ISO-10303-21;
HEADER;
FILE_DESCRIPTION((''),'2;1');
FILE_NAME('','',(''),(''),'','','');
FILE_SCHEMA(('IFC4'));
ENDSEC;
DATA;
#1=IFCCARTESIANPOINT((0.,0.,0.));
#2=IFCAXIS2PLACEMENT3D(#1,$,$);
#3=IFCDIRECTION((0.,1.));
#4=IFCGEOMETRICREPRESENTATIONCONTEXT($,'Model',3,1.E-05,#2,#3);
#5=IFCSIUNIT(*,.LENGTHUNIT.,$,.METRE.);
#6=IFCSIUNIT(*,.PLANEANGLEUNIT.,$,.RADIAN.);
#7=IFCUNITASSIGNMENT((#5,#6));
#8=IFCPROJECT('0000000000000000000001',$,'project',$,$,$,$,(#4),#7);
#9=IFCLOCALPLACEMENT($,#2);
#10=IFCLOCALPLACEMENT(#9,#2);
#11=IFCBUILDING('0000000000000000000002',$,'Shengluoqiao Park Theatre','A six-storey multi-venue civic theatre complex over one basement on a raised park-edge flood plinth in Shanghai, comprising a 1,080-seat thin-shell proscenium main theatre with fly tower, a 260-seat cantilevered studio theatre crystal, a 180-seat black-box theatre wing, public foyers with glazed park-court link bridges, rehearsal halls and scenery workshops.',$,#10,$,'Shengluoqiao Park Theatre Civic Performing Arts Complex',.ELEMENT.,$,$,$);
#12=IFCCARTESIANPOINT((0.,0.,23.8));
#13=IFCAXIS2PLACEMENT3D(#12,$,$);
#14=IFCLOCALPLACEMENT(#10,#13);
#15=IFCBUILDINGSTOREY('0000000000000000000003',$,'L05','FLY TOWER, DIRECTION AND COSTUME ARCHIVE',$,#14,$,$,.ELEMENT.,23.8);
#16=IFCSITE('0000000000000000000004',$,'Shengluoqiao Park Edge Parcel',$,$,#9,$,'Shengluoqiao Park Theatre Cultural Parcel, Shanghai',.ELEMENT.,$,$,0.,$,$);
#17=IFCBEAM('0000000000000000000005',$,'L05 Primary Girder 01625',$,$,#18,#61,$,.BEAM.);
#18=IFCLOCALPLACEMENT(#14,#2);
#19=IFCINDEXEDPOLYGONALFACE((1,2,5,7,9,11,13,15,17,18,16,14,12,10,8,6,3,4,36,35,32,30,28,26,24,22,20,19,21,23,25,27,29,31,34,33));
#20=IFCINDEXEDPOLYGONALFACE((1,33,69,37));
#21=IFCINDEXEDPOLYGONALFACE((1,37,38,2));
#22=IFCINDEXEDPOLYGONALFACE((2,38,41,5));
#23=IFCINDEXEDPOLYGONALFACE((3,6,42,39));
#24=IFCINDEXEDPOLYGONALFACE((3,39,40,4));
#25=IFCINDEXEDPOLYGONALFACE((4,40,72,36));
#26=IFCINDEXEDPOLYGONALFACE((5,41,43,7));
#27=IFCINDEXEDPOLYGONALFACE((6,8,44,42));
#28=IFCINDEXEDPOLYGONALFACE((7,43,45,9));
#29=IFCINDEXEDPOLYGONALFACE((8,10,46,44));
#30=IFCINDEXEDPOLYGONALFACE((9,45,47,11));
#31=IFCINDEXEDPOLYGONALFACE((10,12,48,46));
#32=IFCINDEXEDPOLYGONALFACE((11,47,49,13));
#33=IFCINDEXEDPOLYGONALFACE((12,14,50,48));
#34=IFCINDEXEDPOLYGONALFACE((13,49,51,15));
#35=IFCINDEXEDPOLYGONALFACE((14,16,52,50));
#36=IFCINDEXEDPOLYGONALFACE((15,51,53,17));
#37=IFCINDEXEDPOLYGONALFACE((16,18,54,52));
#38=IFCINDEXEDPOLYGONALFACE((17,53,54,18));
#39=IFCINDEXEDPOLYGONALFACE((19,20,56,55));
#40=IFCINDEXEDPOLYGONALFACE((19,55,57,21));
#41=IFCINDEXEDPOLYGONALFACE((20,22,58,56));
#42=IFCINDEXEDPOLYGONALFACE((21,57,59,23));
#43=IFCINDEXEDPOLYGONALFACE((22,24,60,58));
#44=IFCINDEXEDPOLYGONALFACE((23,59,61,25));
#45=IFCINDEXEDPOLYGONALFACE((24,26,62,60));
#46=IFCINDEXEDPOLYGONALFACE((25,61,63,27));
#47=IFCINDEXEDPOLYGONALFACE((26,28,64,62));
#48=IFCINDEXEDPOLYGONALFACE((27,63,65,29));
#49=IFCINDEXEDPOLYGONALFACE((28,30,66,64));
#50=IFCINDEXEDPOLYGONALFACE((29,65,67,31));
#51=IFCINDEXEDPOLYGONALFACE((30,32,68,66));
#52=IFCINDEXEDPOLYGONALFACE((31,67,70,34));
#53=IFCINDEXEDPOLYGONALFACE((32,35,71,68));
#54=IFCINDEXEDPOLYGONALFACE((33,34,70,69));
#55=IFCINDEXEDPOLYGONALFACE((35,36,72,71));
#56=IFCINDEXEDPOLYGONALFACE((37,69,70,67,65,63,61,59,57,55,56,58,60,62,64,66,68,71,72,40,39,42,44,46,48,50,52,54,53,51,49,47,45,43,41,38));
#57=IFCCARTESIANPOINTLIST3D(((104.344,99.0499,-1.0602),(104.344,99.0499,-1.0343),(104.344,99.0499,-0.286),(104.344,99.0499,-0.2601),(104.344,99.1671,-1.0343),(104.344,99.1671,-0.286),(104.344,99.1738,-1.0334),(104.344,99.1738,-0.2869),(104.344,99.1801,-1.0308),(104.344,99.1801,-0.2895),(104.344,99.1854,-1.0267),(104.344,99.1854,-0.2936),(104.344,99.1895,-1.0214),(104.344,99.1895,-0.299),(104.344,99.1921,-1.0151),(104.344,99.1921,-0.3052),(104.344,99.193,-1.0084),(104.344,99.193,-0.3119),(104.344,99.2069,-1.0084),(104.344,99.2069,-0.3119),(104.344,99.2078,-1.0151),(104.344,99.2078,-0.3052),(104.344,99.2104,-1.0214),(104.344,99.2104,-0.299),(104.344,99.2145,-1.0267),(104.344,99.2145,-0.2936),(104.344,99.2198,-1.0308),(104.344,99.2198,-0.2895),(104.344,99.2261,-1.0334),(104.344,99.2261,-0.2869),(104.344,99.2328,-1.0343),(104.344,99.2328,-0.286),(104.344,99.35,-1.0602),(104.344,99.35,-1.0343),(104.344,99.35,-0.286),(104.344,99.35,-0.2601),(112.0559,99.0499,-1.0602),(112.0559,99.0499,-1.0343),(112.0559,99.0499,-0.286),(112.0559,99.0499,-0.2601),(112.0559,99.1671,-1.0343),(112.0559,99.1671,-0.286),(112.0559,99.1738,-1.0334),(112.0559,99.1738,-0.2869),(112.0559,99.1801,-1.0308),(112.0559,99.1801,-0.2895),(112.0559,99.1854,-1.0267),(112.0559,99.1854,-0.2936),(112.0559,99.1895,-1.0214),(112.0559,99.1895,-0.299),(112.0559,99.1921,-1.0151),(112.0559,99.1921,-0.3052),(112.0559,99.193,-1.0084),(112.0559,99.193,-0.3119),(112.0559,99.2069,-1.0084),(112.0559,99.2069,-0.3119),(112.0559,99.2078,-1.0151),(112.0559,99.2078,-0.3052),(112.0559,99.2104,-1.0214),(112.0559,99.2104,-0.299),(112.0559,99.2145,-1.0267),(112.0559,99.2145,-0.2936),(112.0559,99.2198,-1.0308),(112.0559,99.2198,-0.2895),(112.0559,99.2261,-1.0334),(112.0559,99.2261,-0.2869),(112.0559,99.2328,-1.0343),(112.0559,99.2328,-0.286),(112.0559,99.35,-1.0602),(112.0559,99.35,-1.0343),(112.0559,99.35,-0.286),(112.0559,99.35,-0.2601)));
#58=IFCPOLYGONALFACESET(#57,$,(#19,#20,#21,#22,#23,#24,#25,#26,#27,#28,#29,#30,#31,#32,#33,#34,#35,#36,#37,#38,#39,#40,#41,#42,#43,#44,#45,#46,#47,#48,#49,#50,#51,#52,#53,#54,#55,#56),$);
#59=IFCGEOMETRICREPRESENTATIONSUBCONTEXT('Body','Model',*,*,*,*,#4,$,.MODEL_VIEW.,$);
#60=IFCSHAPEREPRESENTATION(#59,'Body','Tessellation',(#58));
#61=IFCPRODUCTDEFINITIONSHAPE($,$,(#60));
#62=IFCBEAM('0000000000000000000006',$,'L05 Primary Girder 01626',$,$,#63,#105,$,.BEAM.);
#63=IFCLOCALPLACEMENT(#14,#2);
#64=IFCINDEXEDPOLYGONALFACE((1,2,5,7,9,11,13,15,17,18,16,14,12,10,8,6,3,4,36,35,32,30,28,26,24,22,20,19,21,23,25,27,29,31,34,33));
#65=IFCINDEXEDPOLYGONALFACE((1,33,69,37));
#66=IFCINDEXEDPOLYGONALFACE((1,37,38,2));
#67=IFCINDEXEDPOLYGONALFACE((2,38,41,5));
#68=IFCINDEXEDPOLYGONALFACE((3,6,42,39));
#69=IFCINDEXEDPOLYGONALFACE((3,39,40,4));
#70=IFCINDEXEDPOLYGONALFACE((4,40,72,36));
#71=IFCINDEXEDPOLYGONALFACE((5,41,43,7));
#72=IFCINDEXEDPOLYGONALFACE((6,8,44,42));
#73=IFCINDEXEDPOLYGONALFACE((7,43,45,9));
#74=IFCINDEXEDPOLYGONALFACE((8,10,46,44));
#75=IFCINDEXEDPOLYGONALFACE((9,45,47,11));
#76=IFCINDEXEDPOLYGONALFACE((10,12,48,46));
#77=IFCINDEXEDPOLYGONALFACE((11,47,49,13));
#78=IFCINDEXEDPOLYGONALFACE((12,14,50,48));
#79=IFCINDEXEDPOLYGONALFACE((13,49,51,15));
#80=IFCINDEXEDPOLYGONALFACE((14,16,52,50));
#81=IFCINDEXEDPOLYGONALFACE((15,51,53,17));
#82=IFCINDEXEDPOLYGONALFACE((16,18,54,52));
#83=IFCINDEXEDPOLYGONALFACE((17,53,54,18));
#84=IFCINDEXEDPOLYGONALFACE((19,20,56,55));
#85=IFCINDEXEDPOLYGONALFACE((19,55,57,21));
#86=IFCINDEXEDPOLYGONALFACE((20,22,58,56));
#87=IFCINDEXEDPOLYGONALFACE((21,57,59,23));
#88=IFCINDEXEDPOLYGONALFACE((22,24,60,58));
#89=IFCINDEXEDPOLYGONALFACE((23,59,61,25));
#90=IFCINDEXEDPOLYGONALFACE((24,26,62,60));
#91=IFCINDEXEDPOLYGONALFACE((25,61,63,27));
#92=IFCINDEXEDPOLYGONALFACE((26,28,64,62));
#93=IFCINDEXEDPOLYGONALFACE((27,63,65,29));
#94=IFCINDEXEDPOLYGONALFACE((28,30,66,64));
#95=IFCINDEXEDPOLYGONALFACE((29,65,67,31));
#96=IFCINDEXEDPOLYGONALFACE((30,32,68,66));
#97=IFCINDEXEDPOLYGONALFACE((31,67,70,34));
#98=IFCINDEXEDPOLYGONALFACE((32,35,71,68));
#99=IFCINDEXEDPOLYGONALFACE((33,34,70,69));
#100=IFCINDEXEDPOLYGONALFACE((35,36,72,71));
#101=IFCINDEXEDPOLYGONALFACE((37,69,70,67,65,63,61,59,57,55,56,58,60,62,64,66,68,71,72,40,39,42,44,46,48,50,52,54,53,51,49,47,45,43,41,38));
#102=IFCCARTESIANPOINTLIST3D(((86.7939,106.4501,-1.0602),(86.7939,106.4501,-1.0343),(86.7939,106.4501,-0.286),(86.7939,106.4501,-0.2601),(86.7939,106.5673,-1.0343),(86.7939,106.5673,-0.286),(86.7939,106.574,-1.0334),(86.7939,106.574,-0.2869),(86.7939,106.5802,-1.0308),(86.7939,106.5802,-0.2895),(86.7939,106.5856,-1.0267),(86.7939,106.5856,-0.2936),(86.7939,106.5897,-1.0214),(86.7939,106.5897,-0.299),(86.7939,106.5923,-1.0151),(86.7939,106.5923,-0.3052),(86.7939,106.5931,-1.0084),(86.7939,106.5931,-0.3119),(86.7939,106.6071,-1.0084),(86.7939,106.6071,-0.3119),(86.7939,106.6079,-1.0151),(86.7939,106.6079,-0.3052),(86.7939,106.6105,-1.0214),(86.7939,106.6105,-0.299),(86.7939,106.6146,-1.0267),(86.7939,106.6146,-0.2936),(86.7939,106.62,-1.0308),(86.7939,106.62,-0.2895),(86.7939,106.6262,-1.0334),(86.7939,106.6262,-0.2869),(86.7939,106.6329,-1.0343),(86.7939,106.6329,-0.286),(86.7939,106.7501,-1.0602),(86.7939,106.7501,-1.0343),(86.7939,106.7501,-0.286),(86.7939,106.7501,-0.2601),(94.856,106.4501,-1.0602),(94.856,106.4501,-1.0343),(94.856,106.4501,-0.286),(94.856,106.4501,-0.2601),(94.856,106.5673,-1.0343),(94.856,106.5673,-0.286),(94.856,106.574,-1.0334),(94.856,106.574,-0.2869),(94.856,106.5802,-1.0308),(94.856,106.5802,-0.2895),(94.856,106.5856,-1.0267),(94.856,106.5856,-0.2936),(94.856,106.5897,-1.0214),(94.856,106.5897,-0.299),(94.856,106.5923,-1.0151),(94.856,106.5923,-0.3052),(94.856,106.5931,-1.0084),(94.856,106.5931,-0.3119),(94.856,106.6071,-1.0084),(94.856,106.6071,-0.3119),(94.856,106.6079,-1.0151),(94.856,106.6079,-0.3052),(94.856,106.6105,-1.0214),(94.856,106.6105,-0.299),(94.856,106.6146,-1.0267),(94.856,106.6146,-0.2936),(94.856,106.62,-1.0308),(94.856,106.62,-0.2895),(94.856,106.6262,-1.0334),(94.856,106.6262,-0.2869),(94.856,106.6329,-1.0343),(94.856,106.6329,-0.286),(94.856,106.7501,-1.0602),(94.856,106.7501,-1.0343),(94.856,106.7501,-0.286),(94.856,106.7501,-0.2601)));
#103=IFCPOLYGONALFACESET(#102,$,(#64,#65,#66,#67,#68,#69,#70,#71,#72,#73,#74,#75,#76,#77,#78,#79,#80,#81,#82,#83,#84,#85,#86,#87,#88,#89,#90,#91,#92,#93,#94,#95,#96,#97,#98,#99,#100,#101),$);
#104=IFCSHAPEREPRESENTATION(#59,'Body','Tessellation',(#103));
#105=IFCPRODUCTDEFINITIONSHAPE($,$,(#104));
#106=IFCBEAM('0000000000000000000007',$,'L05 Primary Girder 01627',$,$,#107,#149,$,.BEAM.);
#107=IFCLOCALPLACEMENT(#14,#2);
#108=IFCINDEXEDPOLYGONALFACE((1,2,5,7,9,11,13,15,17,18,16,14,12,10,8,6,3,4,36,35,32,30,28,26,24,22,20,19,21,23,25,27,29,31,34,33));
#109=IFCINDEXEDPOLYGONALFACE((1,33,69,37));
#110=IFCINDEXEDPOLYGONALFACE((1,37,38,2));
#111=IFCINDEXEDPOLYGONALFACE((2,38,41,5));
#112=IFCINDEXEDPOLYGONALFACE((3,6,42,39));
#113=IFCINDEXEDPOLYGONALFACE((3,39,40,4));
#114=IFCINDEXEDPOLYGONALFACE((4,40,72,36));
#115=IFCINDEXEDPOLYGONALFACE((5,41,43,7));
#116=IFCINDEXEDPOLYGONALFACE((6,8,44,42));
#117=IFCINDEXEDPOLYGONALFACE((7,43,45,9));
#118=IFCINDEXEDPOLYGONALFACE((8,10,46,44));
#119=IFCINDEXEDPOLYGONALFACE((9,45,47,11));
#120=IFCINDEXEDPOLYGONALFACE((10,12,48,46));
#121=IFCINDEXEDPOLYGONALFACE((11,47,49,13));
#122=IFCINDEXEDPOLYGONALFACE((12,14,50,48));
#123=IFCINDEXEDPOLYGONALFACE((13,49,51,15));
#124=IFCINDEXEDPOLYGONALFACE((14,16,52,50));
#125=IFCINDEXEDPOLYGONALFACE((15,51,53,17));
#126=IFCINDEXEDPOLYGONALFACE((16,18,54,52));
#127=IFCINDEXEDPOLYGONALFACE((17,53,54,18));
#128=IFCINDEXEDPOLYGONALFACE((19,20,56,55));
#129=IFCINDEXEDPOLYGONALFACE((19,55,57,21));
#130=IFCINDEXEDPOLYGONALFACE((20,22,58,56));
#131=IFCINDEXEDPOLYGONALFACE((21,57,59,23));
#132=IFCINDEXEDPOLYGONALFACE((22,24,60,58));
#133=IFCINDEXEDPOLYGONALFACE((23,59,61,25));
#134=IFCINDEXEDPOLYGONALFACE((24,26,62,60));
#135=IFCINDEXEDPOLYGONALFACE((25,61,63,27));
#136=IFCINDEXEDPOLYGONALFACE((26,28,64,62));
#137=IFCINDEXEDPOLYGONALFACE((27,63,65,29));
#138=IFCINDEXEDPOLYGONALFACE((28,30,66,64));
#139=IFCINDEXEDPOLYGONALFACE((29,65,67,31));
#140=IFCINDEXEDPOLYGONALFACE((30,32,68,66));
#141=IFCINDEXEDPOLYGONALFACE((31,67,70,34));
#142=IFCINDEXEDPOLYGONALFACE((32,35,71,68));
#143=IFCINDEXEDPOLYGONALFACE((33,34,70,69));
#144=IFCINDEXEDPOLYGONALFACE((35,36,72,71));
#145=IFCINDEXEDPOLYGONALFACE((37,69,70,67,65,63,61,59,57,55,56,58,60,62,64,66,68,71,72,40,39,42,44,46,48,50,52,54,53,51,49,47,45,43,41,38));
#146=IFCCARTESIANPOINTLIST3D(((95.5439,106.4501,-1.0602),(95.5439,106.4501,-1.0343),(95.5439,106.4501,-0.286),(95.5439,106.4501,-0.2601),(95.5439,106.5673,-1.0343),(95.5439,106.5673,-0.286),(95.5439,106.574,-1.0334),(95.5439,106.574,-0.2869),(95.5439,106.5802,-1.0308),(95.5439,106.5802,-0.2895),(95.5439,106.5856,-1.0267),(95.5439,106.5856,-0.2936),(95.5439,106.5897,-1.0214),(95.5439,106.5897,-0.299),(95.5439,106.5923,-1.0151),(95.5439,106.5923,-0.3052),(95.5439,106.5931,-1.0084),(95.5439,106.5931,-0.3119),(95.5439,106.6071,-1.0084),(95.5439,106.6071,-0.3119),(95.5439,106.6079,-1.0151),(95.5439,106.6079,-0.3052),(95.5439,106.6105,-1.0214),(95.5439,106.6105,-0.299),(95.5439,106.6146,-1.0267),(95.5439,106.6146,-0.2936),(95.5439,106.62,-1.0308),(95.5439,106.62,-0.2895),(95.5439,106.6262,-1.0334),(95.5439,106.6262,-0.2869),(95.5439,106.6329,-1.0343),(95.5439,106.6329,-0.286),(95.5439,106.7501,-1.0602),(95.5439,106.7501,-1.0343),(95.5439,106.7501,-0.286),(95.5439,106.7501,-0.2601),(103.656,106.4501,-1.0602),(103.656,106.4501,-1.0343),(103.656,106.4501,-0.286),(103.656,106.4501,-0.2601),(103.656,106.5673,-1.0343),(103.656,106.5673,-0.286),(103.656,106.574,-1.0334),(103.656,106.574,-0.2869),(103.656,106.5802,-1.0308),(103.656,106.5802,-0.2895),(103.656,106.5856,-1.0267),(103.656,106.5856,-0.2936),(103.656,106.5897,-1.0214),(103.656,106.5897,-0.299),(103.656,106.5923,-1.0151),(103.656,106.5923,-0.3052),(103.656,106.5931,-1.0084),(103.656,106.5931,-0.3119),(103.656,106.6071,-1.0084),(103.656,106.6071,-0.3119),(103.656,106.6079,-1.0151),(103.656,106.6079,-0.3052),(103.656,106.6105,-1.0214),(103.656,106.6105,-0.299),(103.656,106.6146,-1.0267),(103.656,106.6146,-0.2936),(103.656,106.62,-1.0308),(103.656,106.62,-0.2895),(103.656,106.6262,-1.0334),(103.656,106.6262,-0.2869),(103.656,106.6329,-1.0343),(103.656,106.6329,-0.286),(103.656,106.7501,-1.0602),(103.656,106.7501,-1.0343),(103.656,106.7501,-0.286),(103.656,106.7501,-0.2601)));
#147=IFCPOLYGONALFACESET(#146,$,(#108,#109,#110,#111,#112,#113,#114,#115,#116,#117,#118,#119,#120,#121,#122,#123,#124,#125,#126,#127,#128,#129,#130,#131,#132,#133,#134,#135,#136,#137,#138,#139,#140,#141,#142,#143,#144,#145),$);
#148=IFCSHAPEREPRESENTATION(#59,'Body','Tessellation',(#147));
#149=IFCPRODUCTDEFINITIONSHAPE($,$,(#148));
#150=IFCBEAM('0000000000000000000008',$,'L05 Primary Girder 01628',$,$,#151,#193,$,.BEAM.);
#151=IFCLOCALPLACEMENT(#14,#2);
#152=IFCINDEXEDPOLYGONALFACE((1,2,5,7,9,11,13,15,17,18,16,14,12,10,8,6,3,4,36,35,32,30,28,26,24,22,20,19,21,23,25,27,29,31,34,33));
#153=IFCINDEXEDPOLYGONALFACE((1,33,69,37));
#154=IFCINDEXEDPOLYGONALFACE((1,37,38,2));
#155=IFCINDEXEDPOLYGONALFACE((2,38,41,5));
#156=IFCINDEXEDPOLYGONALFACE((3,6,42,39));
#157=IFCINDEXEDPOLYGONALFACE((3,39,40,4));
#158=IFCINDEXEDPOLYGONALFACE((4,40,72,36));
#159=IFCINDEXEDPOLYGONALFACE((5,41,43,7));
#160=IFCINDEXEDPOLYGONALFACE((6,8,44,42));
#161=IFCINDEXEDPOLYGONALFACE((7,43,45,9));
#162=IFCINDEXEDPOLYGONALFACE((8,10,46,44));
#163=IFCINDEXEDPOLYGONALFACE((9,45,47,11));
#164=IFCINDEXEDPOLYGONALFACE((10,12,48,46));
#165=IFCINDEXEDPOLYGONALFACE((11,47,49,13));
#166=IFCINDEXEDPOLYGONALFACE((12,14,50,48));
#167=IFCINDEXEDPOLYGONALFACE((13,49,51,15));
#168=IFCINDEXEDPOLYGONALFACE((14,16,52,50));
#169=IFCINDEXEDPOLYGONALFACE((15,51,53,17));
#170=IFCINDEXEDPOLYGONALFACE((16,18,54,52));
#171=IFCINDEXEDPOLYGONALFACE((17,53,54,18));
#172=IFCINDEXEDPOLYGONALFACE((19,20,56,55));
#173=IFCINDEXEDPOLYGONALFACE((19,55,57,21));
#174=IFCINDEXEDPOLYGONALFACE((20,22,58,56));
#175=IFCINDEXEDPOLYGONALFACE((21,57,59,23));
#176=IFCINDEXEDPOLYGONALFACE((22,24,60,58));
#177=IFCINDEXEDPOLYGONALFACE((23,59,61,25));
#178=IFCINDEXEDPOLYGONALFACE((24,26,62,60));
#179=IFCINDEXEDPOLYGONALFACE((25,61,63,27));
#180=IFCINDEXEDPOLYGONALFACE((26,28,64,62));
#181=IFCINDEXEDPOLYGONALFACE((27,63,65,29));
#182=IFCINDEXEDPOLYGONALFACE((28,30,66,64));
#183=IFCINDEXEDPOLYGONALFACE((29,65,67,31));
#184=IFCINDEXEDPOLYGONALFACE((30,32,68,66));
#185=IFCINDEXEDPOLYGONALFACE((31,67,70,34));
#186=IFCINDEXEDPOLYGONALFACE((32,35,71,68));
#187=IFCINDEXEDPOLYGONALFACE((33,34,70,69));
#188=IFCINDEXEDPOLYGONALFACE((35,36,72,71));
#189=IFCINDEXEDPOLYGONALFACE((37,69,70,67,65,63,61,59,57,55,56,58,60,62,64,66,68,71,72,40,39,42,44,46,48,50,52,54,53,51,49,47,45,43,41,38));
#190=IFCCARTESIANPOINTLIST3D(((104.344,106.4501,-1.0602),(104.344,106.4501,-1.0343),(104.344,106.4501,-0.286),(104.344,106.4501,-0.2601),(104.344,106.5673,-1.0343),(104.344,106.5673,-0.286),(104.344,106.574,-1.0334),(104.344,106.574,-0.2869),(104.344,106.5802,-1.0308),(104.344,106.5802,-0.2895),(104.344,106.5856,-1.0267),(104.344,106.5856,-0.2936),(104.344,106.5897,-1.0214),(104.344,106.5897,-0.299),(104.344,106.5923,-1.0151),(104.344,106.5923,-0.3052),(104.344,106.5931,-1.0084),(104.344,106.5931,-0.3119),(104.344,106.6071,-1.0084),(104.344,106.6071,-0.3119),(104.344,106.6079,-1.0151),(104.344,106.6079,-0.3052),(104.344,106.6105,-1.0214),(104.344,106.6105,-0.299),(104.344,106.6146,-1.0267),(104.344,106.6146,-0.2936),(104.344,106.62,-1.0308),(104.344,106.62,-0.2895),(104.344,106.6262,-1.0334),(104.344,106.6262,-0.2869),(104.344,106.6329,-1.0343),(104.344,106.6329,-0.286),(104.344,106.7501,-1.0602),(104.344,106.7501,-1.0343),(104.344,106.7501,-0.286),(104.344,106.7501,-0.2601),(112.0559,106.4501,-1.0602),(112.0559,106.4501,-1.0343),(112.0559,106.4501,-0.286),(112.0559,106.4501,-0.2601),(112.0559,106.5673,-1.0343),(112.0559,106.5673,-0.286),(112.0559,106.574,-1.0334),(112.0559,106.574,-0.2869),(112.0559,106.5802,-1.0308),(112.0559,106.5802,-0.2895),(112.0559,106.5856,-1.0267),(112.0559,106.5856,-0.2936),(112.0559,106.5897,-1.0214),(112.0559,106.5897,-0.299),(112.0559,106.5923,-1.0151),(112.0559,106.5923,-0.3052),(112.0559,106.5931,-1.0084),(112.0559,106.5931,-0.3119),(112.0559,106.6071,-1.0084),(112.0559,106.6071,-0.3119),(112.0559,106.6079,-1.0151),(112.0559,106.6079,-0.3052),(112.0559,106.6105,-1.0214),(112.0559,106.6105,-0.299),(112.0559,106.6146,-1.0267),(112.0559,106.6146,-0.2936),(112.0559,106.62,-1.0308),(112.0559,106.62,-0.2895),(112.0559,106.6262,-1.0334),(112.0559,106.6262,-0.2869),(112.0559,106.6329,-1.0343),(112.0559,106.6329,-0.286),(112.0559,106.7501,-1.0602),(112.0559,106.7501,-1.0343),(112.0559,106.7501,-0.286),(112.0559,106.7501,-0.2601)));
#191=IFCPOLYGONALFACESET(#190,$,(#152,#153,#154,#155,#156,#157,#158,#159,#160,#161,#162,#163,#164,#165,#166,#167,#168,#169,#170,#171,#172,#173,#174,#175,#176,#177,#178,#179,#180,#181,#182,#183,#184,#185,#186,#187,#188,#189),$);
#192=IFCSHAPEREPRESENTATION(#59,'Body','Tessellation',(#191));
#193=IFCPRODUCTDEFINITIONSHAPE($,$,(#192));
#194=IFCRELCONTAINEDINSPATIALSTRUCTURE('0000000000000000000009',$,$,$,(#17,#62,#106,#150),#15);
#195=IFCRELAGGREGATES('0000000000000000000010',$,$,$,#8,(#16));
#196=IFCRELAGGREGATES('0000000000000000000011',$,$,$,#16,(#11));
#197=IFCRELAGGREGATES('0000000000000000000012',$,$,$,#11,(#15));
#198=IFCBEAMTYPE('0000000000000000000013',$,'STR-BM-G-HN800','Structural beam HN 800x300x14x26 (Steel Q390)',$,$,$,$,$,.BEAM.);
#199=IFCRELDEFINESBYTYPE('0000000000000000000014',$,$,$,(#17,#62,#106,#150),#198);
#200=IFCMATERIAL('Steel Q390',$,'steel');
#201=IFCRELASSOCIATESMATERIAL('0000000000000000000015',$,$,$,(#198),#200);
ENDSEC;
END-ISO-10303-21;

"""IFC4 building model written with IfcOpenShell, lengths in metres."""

from ifc_helpers import new_model, si_unit, direction, frame, origin, origin_2d, place, context, subcontext, project, spatial, i_section, extrude, material, material_profile, profile_set, type_object, element, save


model = new_model("IFC4")

# Units and contexts
model_context = context("Model", 3, precision=1e-05, world=origin(), true_north=direction((0.0, 1.0)))
body_context = subcontext(model_context, "Body", "Model", "MODEL_VIEW")
ifc_project = project(units=[si_unit("LENGTHUNIT", "METRE"), si_unit("PLANEANGLEUNIT", "RADIAN")], contexts=[model_context])

# Site, building, storey
site_placement = place(None, origin())
site = spatial("IfcSite", under=ifc_project, at=site_placement, Name="Shengluoqiao Park Edge Parcel", LongName="Shengluoqiao Park Theatre Cultural Parcel, Shanghai", CompositionType="ELEMENT", RefElevation=0.0)
building_placement = place(site_placement, origin())
building = spatial("IfcBuilding", under=site, at=building_placement, Name="Shengluoqiao Park Theatre", Description="A six-storey multi-venue civic theatre complex over one basement on a raised park-edge flood plinth in Shanghai, comprising a 1,080-seat thin-shell proscenium main theatre with fly tower, a 260-seat cantilevered studio theatre crystal, a 180-seat black-box theatre wing, public foyers with glazed park-court link bridges, rehearsal halls and scenery workshops.", LongName="Shengluoqiao Park Theatre Civic Performing Arts Complex", CompositionType="ELEMENT")
storey_placement = place(building_placement, frame((0.0, 0.0, 23.8)))
storey = spatial("IfcBuildingStorey", under=building, at=storey_placement, Name="L05", Description="FLY TOWER, DIRECTION AND COSTUME ARCHIVE", CompositionType="ELEMENT", Elevation=23.8)

# Beams
ifc_material_1 = material(Name="Steel Q390", Category="steel")
ifc_material_profile_1 = material_profile(ifc_material_1, i_section(OverallWidth=0.3, OverallDepth=0.8, WebThickness=0.0139, FlangeThickness=0.0259, FilletRadius=0.0259, at=origin_2d()), Name="HN 800x300x14x26")
ifc_profile_set_1 = profile_set([ifc_material_profile_1], Name="Steel Q390")
beam_type_1 = type_object("IfcBeamType", Name="STR-BM-G-HN800", Description="Structural beam HN 800x300x14x26 (Steel Q390)", PredefinedType="BEAM", material=ifc_profile_set_1)
beam_1_placement = place(storey_placement, frame((104.344, 99.2, -0.6602), z_axis=(1.0, 0.0, 0.0), x_axis=(0.0, 1.0, 0.0)))
element("IfcBeam", 1, at=beam_1_placement, inside=storey, type_object=beam_type_1, Name="L05 Primary Girder 01625", PredefinedType="BEAM", context=body_context, shape_type="SweptSolid", body=[
    extrude(i_section(OverallWidth=0.3, OverallDepth=0.8, WebThickness=0.0139, FlangeThickness=0.0259, FilletRadius=0.0259, at=origin_2d()), origin(), (0.0, 0.0, 1.0), 7.7119),
])
beam_2_placement = place(storey_placement, frame((86.7939, 106.6001, -0.6602), z_axis=(1.0, 0.0, 0.0), x_axis=(0.0, 1.0, 0.0)))
element("IfcBeam", 2, at=beam_2_placement, inside=storey, type_object=beam_type_1, Name="L05 Primary Girder 01626", PredefinedType="BEAM", context=body_context, shape_type="SweptSolid", body=[
    extrude(i_section(OverallWidth=0.3, OverallDepth=0.8, WebThickness=0.0139, FlangeThickness=0.0259, FilletRadius=0.0259, at=origin_2d()), origin(), (0.0, 0.0, 1.0), 8.062),
])
beam_3_placement = place(storey_placement, frame((95.5439, 106.6001, -0.6602), z_axis=(1.0, 0.0, 0.0), x_axis=(0.0, 1.0, 0.0)))
element("IfcBeam", 3, at=beam_3_placement, inside=storey, type_object=beam_type_1, Name="L05 Primary Girder 01627", PredefinedType="BEAM", context=body_context, shape_type="SweptSolid", body=[
    extrude(i_section(OverallWidth=0.3, OverallDepth=0.8, WebThickness=0.0139, FlangeThickness=0.0259, FilletRadius=0.0259, at=origin_2d()), origin(), (0.0, 0.0, 1.0), 8.1121),
])
beam_4_placement = place(storey_placement, frame((104.344, 106.6001, -0.6602), z_axis=(1.0, 0.0, 0.0), x_axis=(0.0, 1.0, 0.0)))
element("IfcBeam", 4, at=beam_4_placement, inside=storey, type_object=beam_type_1, Name="L05 Primary Girder 01628", PredefinedType="BEAM", context=body_context, shape_type="SweptSolid", body=[
    extrude(i_section(OverallWidth=0.3, OverallDepth=0.8, WebThickness=0.0139, FlangeThickness=0.0259, FilletRadius=0.0259, at=origin_2d()), origin(), (0.0, 0.0, 1.0), 7.7119),
])

save(model, "model.ifc")
